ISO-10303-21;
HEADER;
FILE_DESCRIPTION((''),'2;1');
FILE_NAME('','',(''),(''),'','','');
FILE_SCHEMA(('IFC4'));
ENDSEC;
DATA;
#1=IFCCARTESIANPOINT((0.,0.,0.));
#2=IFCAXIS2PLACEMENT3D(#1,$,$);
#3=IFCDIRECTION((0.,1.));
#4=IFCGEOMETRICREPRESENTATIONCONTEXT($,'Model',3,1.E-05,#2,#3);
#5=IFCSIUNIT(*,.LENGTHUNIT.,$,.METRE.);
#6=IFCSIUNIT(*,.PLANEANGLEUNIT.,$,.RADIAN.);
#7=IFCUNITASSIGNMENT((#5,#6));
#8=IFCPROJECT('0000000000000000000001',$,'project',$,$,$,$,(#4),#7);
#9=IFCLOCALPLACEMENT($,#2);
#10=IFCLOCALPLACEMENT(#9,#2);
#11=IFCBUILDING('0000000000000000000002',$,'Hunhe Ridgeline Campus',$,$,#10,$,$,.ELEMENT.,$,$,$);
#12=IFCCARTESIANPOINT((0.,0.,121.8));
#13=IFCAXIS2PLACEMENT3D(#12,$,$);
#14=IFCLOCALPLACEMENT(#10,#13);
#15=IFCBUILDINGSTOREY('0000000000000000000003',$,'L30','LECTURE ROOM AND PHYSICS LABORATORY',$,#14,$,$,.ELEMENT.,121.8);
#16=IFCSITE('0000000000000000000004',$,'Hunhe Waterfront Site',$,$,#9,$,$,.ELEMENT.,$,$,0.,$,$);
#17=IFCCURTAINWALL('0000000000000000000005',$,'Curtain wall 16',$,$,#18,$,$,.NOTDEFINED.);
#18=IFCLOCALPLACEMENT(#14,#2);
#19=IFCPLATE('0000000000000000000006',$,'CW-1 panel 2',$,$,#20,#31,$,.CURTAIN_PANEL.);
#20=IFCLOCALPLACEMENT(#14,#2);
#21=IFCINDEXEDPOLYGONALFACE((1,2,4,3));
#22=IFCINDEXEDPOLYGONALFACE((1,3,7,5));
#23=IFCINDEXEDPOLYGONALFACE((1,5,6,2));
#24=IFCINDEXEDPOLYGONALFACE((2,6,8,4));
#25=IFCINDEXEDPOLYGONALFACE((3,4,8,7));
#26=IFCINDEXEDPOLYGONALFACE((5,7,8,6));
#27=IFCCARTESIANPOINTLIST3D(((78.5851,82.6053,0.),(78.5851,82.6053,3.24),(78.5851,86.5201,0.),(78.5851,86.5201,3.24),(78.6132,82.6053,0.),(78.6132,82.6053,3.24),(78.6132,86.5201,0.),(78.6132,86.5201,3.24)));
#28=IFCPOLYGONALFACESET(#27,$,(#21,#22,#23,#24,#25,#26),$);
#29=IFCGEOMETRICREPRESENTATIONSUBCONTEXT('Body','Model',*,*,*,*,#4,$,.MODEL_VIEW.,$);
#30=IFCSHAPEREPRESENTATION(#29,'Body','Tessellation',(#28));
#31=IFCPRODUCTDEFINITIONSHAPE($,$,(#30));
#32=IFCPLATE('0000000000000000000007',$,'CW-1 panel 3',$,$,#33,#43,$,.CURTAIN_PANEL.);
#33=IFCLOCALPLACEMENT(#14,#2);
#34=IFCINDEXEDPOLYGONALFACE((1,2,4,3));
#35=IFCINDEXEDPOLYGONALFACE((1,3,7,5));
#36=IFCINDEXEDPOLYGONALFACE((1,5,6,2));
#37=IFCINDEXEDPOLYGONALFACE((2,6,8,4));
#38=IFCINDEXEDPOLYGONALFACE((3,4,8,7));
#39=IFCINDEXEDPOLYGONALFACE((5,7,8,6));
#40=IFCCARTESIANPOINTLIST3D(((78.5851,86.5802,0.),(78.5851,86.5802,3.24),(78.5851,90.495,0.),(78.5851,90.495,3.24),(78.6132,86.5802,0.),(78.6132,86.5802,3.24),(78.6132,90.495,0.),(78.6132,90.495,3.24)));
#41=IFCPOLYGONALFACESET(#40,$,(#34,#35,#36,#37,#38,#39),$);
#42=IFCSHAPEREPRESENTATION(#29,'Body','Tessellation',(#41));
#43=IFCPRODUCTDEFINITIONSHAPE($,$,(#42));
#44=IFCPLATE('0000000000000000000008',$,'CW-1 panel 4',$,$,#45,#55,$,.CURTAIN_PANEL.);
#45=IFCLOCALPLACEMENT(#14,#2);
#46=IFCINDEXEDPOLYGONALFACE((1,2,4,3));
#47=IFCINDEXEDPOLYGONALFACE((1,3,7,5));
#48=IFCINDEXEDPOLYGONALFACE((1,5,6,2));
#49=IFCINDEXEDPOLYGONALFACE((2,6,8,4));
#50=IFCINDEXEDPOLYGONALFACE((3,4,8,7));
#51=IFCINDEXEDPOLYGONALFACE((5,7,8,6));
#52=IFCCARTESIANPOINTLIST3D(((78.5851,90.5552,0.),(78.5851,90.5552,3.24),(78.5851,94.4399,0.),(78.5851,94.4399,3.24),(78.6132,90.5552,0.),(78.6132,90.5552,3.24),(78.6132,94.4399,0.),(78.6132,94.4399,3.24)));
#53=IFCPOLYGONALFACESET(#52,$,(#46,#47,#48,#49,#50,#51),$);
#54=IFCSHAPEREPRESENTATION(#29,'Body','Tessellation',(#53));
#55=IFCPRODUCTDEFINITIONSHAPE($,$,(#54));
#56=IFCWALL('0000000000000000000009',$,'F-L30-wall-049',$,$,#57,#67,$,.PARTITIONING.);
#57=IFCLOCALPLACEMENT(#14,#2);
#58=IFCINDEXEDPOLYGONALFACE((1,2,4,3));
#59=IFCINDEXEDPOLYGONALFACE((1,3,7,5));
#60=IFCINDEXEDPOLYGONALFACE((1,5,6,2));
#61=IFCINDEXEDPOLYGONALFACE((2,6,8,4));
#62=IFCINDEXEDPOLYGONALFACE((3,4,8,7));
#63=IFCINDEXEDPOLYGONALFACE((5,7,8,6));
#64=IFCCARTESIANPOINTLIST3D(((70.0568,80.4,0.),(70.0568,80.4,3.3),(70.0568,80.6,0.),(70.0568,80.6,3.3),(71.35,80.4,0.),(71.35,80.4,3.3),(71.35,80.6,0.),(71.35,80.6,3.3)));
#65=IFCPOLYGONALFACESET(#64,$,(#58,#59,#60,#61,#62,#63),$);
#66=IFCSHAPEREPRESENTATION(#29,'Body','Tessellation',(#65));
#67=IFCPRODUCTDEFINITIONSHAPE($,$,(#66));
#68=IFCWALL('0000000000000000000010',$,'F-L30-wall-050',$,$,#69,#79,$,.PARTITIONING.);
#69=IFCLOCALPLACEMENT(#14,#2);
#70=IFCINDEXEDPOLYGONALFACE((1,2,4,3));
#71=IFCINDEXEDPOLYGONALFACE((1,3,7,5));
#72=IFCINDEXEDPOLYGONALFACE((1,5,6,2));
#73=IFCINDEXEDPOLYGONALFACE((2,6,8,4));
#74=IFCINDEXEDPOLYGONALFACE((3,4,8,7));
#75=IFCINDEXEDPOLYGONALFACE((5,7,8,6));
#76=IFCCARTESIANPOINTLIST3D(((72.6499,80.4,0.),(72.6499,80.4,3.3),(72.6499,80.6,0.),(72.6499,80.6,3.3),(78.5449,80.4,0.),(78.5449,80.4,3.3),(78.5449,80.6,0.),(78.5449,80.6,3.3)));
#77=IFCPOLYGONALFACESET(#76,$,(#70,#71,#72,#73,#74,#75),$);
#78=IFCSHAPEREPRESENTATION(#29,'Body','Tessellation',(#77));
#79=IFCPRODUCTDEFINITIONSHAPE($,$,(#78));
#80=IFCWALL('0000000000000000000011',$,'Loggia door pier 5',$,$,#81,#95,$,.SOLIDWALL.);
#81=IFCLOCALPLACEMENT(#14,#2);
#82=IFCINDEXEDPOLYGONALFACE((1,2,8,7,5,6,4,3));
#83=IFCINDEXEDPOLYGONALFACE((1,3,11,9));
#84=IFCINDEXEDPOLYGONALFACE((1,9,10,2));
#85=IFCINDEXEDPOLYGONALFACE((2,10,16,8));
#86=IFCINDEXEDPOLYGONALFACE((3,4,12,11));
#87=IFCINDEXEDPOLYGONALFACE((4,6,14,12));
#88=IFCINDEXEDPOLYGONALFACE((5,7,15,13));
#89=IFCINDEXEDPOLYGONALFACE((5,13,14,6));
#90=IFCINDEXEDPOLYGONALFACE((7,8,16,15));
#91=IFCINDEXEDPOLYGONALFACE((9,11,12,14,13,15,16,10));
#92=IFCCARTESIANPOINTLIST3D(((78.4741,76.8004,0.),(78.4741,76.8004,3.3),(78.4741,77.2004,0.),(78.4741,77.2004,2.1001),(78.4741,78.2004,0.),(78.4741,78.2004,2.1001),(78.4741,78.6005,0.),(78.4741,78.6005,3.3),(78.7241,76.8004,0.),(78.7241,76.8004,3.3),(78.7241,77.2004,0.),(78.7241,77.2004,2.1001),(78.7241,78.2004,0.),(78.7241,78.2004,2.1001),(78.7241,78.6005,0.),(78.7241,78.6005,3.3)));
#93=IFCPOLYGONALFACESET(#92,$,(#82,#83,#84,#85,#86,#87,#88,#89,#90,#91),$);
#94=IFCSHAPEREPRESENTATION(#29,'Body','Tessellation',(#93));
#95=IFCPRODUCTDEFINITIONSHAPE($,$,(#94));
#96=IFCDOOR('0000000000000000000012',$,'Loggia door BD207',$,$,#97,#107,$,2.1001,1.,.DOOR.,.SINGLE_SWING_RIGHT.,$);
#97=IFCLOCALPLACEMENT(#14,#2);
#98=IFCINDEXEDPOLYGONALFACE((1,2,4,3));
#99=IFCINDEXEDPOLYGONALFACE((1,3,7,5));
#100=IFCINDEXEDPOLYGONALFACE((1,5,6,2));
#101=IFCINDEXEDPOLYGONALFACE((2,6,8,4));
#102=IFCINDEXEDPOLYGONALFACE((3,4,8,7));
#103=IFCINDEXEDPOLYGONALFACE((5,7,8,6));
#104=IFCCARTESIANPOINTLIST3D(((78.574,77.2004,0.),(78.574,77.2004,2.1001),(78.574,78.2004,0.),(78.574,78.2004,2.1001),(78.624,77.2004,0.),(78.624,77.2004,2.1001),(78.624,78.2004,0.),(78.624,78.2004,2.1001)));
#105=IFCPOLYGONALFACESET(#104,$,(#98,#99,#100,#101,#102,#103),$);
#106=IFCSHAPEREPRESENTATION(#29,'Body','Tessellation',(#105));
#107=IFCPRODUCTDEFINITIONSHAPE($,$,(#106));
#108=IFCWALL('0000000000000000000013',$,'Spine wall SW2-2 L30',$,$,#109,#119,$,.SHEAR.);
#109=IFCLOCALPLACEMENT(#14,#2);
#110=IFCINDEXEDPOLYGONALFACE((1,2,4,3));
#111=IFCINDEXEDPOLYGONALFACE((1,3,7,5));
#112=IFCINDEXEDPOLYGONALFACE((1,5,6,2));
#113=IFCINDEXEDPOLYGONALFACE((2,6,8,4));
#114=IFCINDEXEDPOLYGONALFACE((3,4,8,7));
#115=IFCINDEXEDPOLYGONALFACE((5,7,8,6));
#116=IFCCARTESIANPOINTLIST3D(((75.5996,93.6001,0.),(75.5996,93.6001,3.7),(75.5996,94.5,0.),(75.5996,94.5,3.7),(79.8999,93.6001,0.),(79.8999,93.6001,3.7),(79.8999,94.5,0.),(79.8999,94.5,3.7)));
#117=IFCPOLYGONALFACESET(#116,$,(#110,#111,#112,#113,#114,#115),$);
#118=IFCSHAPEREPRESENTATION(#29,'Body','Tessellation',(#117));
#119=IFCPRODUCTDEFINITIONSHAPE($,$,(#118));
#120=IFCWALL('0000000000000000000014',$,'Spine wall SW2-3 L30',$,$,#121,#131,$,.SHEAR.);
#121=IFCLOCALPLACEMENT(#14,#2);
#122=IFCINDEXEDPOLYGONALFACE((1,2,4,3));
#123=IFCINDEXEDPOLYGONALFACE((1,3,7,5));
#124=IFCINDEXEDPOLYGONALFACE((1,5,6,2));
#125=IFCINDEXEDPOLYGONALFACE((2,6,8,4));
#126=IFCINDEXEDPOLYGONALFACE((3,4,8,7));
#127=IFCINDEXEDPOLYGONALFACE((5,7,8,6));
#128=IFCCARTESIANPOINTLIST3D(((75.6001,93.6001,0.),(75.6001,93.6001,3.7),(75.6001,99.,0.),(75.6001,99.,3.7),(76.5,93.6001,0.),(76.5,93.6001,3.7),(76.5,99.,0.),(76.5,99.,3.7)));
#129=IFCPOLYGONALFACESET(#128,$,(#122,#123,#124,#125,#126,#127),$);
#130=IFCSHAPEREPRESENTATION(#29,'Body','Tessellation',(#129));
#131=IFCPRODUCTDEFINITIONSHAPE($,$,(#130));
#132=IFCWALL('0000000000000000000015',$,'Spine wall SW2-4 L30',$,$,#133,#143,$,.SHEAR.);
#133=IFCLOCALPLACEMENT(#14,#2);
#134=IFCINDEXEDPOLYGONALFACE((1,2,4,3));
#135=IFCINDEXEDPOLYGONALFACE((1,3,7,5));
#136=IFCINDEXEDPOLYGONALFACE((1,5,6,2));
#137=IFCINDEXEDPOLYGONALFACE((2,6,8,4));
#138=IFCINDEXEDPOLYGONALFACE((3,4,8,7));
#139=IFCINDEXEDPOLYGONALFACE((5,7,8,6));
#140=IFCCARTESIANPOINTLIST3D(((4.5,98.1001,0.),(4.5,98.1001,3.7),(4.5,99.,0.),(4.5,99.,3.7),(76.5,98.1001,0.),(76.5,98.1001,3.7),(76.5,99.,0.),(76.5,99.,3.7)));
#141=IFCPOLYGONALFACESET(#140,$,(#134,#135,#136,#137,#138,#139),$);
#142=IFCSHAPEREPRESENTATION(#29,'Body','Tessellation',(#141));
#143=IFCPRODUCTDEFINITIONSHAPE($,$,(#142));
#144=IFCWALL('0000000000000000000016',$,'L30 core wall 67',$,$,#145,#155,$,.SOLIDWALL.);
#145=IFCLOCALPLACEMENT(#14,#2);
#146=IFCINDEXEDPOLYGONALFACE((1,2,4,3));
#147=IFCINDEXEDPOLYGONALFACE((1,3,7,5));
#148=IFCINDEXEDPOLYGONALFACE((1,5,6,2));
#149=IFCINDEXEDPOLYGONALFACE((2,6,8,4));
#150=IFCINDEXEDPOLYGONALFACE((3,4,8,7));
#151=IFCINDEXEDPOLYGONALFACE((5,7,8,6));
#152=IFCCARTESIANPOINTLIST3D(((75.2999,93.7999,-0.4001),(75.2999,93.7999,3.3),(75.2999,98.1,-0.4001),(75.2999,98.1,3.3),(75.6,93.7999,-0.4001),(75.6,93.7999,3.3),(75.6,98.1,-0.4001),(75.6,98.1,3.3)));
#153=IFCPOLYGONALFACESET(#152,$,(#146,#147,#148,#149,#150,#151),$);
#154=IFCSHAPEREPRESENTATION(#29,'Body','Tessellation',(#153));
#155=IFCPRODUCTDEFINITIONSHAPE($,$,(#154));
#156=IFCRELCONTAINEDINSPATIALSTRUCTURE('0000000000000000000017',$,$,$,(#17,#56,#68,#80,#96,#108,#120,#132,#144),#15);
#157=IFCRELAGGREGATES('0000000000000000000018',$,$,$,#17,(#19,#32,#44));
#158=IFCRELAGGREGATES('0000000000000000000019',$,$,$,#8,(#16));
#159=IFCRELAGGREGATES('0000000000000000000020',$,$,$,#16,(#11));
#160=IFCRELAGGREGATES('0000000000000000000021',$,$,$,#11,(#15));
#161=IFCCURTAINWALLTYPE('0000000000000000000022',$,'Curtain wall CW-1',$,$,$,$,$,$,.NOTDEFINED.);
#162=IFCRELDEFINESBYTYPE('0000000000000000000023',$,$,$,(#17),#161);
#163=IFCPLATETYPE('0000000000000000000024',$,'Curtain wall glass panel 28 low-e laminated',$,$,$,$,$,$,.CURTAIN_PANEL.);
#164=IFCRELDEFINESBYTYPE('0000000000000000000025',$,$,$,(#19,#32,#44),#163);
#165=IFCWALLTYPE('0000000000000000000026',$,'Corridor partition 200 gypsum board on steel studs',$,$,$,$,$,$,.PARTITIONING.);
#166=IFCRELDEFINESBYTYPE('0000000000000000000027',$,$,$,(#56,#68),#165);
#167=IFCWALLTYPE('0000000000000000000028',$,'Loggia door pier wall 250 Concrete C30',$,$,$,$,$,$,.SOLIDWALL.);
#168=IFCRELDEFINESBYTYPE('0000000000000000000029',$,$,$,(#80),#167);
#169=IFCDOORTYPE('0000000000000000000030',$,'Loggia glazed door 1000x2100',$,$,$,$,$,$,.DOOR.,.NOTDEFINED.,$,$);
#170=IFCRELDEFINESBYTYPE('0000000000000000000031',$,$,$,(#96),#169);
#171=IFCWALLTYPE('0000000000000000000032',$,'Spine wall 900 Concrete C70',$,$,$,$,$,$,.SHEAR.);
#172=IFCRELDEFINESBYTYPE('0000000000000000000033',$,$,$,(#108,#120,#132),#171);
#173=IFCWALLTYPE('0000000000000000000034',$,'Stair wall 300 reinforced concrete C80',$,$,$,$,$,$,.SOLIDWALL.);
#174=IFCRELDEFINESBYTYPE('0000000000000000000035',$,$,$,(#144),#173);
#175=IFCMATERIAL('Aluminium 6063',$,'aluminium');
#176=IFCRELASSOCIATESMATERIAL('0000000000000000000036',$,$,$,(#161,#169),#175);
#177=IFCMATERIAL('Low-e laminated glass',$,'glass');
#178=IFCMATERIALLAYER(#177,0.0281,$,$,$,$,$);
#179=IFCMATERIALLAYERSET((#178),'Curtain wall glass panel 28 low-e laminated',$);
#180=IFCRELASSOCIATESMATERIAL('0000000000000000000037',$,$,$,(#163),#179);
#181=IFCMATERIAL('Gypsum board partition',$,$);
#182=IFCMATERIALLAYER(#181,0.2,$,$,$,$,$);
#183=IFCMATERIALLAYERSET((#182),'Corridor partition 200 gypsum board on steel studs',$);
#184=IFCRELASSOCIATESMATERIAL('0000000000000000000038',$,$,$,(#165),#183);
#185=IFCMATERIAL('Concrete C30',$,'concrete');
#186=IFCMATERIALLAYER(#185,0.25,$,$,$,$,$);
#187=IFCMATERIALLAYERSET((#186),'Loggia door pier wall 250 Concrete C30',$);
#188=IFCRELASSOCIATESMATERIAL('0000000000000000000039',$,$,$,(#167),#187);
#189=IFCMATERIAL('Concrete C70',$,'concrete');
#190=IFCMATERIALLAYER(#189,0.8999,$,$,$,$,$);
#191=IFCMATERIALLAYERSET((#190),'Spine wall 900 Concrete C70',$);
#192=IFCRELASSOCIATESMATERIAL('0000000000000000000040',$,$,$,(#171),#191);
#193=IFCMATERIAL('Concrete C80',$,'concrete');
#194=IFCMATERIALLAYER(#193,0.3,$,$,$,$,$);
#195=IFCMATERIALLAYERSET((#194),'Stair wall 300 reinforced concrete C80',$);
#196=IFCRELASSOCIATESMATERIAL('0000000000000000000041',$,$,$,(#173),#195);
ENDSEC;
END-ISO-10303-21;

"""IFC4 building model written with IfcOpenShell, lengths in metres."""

from ifc_helpers import new_model, si_unit, direction, frame, frame_2d, origin, origin_2d, place, context, subcontext, project, spatial, rectangle, extrude, material, layer, layer_set, type_object, element, fill, aggregate, save


model = new_model("IFC4")

# Units and contexts
model_context = context("Model", 3, precision=1e-05, world=origin(), true_north=direction((0.0, 1.0)))
body_context = subcontext(model_context, "Body", "Model", "MODEL_VIEW")
ifc_project = project(units=[si_unit("LENGTHUNIT", "METRE"), si_unit("PLANEANGLEUNIT", "RADIAN")], contexts=[model_context])

# Site, building, storey
site_placement = place(None, origin())
site = spatial("IfcSite", under=ifc_project, at=site_placement, Name="Hunhe Waterfront Site", CompositionType="ELEMENT", RefElevation=0.0)
building_placement = place(site_placement, origin())
building = spatial("IfcBuilding", under=site, at=building_placement, Name="Hunhe Ridgeline Campus", CompositionType="ELEMENT")
storey_placement = place(building_placement, frame((0.0, 0.0, 121.8)))
storey = spatial("IfcBuildingStorey", under=building, at=storey_placement, Name="L30", Description="LECTURE ROOM AND PHYSICS LABORATORY", CompositionType="ELEMENT", Elevation=121.8)

# Shared definitions
ifc_material_1 = material(Name="Concrete C70", Category="concrete")

# Curtain wall
ifc_material_2 = material(Name="Aluminium 6063", Category="aluminium")
curtain_wall_type = type_object("IfcCurtainWallType", Name="Curtain wall CW-1", PredefinedType="NOTDEFINED", material=ifc_material_2)
curtain_wall_placement = place(storey_placement, origin())
curtain_wall = element("IfcCurtainWall", 1, at=curtain_wall_placement, inside=storey, type_object=curtain_wall_type, Name="Curtain wall 16", PredefinedType="NOTDEFINED")

# Plates
ifc_material_3 = material(Name="Low-e laminated glass", Category="glass")
ifc_layer_1 = layer(ifc_material_3, 0.0281)
ifc_layer_set_1 = layer_set([ifc_layer_1], Name="Curtain wall glass panel 28 low-e laminated")
plate_type = type_object("IfcPlateType", Name="Curtain wall glass panel 28 low-e laminated", PredefinedType="CURTAIN_PANEL", material=ifc_layer_set_1)
plate_1_placement = place(storey_placement, frame((78.5991, 84.5627, 0.0), z_axis=(0.0, 0.0, 1.0), x_axis=(0.0, 1.0, 0.0)))
plate_1 = element("IfcPlate", 2, at=plate_1_placement, type_object=plate_type, Name="CW-1 panel 2", PredefinedType="CURTAIN_PANEL", context=body_context, shape_type="SweptSolid", body=[
    extrude(rectangle(XDim=3.9148, YDim=0.0281, at=origin_2d()), origin(), (0.0, 0.0, 1.0), 3.24),
])
plate_2_placement = place(storey_placement, frame((78.5991, 88.5376, 0.0), z_axis=(0.0, 0.0, 1.0), x_axis=(0.0, 1.0, 0.0)))
plate_2 = element("IfcPlate", 3, at=plate_2_placement, type_object=plate_type, Name="CW-1 panel 3", PredefinedType="CURTAIN_PANEL", context=body_context, shape_type="SweptSolid", body=[
    extrude(rectangle(XDim=3.9148, YDim=0.0281, at=origin_2d()), origin(), (0.0, 0.0, 1.0), 3.24),
])
plate_3_placement = place(storey_placement, frame((78.5991, 92.4976, 0.0), z_axis=(0.0, 0.0, 1.0), x_axis=(0.0, 1.0, 0.0)))
plate_3 = element("IfcPlate", 4, at=plate_3_placement, type_object=plate_type, Name="CW-1 panel 4", PredefinedType="CURTAIN_PANEL", context=body_context, shape_type="SweptSolid", body=[
    extrude(rectangle(XDim=3.8848, YDim=0.0281, at=origin_2d()), origin(), (0.0, 0.0, 1.0), 3.24),
])
aggregate(curtain_wall, [plate_1, plate_2, plate_3])

# Walls
ifc_material_4 = material(Name="Gypsum board partition")
ifc_layer_2 = layer(ifc_material_4, 0.2)
ifc_layer_set_2 = layer_set([ifc_layer_2], Name="Corridor partition 200 gypsum board on steel studs")
wall_type_1 = type_object("IfcWallType", Name="Corridor partition 200 gypsum board on steel studs", PredefinedType="PARTITIONING", material=ifc_layer_set_2)
wall_1_placement = place(storey_placement, frame((70.0569, 80.5, 0.0), z_axis=(0.0, 0.0, 1.0), x_axis=(1.0, 0.0, 0.0)))
element("IfcWall", 5, at=wall_1_placement, inside=storey, type_object=wall_type_1, Name="F-L30-wall-049", PredefinedType="PARTITIONING", context=body_context, shape_type="SweptSolid", body=[
    extrude(rectangle(XDim=1.2932, YDim=0.2, at=frame_2d((0.6465, 0.0))), origin(), (0.0, 0.0, 1.0), 3.3),
])
wall_2_placement = place(storey_placement, frame((72.6499, 80.5, 0.0), z_axis=(0.0, 0.0, 1.0), x_axis=(1.0, 0.0, 0.0)))
element("IfcWall", 6, at=wall_2_placement, inside=storey, type_object=wall_type_1, Name="F-L30-wall-050", PredefinedType="PARTITIONING", context=body_context, shape_type="SweptSolid", body=[
    extrude(rectangle(XDim=5.895, YDim=0.2, at=frame_2d((2.9475, 0.0))), origin(), (0.0, 0.0, 1.0), 3.3),
])

# Wall, opening, door
ifc_material_5 = material(Name="Concrete C30", Category="concrete")
ifc_layer_3 = layer(ifc_material_5, 0.25)
ifc_layer_set_3 = layer_set([ifc_layer_3], Name="Loggia door pier wall 250 Concrete C30")
wall_type_2 = type_object("IfcWallType", Name="Loggia door pier wall 250 Concrete C30", PredefinedType="SOLIDWALL", material=ifc_layer_set_3)
wall_3_placement = place(storey_placement, frame((78.5991, 76.8005, 0.0), z_axis=(0.0, 0.0, 1.0), x_axis=(0.0, 1.0, 0.0)))
wall_3 = element("IfcWall", 7, at=wall_3_placement, inside=storey, type_object=wall_type_2, Name="Loggia door pier 5", PredefinedType="SOLIDWALL", context=body_context, shape_type="SweptSolid", body=[
    extrude(rectangle(XDim=1.8, YDim=0.25, at=frame_2d((0.8999, 0.0))), origin(), (0.0, 0.0, 1.0), 3.3),
])
opening_1_placement = place(wall_3_placement, frame((0.3999, 0.0, 0.0)))
opening_1 = element("IfcOpeningElement", 8, at=opening_1_placement, cuts=wall_3, PredefinedType="OPENING", context=body_context, shape_type="SweptSolid", body=[
    extrude(rectangle(XDim=1.0, YDim=2.1001, at=frame_2d((0.5, 1.05))), frame((0.0, 0.125, 0.0), z_axis=(0.0, -1.0, 0.0), x_axis=(1.0, 0.0, 0.0)), (0.0, 0.0, 1.0), 0.25),
])
door_type_1 = type_object("IfcDoorType", Name="Loggia glazed door 1000x2100", OperationType="NOTDEFINED", PredefinedType="DOOR", material=ifc_material_2)
door_1_placement = place(opening_1_placement, frame((1.0, 0.0, 0.0), z_axis=(0.0, 0.0, 1.0), x_axis=(-1.0, 0.0, 0.0)))
door_1 = element("IfcDoor", 9, at=door_1_placement, inside=storey, type_object=door_type_1, Name="Loggia door BD207", OperationType="SINGLE_SWING_RIGHT", OverallHeight=2.1001, OverallWidth=1.0, PredefinedType="DOOR", context=body_context, shape_type="SweptSolid", body=[
    extrude(rectangle(XDim=1.0, YDim=2.1001, at=frame_2d((0.5, 1.05))), frame((0.0, 0.0249, 0.0), z_axis=(0.0, -1.0, 0.0), x_axis=(1.0, 0.0, 0.0)), (0.0, 0.0, 1.0), 0.05),
])
fill(opening_1, door_1)

# Walls
ifc_layer_4 = layer(ifc_material_1, 0.8999)
ifc_layer_set_4 = layer_set([ifc_layer_4], Name="Spine wall 900 Concrete C70")
wall_type_3 = type_object("IfcWallType", Name="Spine wall 900 Concrete C70", PredefinedType="SHEAR", material=ifc_layer_set_4)
wall_4_placement = place(storey_placement, frame((79.8999, 94.05, 0.0), z_axis=(0.0, 0.0, 1.0), x_axis=(-1.0, 0.0, 0.0)))
element("IfcWall", 10, at=wall_4_placement, inside=storey, type_object=wall_type_3, Name="Spine wall SW2-2 L30", PredefinedType="SHEAR", context=body_context, shape_type="SweptSolid", body=[
    extrude(rectangle(XDim=4.3003, YDim=0.8999, at=frame_2d((2.1501, 0.0))), origin(), (0.0, 0.0, 1.0), 3.7),
])
wall_5_placement = place(storey_placement, frame((76.05, 93.6001, 0.0), z_axis=(0.0, 0.0, 1.0), x_axis=(0.0, 1.0, 0.0)))
element("IfcWall", 11, at=wall_5_placement, inside=storey, type_object=wall_type_3, Name="Spine wall SW2-3 L30", PredefinedType="SHEAR", context=body_context, shape_type="SweptSolid", body=[
    extrude(rectangle(XDim=5.3999, YDim=0.8999, at=frame_2d((2.7, 0.0))), origin(), (0.0, 0.0, 1.0), 3.7),
])
wall_6_placement = place(storey_placement, frame((76.5, 98.55, 0.0), z_axis=(0.0, 0.0, 1.0), x_axis=(-1.0, 0.0, 0.0)))
element("IfcWall", 12, at=wall_6_placement, inside=storey, type_object=wall_type_3, Name="Spine wall SW2-4 L30", PredefinedType="SHEAR", context=body_context, shape_type="SweptSolid", body=[
    extrude(rectangle(XDim=72.0, YDim=0.8999, at=frame_2d((36.0, 0.0))), origin(), (0.0, 0.0, 1.0), 3.7),
])
ifc_material_6 = material(Name="Concrete C80", Category="concrete")
ifc_layer_5 = layer(ifc_material_6, 0.3)
ifc_layer_set_5 = layer_set([ifc_layer_5], Name="Stair wall 300 reinforced concrete C80")
wall_type_4 = type_object("IfcWallType", Name="Stair wall 300 reinforced concrete C80", PredefinedType="SOLIDWALL", material=ifc_layer_set_5)
wall_7_placement = place(storey_placement, frame((75.45, 93.8, -0.4001), z_axis=(0.0, 0.0, 1.0), x_axis=(0.0, 1.0, 0.0)))
element("IfcWall", 13, at=wall_7_placement, inside=storey, type_object=wall_type_4, Name="L30 core wall 67", PredefinedType="SOLIDWALL", context=body_context, shape_type="SweptSolid", body=[
    extrude(rectangle(XDim=4.3, YDim=0.3, at=frame_2d((2.1499, 0.0))), origin(), (0.0, 0.0, 1.0), 3.7002),
])

save(model, "model.ifc")
